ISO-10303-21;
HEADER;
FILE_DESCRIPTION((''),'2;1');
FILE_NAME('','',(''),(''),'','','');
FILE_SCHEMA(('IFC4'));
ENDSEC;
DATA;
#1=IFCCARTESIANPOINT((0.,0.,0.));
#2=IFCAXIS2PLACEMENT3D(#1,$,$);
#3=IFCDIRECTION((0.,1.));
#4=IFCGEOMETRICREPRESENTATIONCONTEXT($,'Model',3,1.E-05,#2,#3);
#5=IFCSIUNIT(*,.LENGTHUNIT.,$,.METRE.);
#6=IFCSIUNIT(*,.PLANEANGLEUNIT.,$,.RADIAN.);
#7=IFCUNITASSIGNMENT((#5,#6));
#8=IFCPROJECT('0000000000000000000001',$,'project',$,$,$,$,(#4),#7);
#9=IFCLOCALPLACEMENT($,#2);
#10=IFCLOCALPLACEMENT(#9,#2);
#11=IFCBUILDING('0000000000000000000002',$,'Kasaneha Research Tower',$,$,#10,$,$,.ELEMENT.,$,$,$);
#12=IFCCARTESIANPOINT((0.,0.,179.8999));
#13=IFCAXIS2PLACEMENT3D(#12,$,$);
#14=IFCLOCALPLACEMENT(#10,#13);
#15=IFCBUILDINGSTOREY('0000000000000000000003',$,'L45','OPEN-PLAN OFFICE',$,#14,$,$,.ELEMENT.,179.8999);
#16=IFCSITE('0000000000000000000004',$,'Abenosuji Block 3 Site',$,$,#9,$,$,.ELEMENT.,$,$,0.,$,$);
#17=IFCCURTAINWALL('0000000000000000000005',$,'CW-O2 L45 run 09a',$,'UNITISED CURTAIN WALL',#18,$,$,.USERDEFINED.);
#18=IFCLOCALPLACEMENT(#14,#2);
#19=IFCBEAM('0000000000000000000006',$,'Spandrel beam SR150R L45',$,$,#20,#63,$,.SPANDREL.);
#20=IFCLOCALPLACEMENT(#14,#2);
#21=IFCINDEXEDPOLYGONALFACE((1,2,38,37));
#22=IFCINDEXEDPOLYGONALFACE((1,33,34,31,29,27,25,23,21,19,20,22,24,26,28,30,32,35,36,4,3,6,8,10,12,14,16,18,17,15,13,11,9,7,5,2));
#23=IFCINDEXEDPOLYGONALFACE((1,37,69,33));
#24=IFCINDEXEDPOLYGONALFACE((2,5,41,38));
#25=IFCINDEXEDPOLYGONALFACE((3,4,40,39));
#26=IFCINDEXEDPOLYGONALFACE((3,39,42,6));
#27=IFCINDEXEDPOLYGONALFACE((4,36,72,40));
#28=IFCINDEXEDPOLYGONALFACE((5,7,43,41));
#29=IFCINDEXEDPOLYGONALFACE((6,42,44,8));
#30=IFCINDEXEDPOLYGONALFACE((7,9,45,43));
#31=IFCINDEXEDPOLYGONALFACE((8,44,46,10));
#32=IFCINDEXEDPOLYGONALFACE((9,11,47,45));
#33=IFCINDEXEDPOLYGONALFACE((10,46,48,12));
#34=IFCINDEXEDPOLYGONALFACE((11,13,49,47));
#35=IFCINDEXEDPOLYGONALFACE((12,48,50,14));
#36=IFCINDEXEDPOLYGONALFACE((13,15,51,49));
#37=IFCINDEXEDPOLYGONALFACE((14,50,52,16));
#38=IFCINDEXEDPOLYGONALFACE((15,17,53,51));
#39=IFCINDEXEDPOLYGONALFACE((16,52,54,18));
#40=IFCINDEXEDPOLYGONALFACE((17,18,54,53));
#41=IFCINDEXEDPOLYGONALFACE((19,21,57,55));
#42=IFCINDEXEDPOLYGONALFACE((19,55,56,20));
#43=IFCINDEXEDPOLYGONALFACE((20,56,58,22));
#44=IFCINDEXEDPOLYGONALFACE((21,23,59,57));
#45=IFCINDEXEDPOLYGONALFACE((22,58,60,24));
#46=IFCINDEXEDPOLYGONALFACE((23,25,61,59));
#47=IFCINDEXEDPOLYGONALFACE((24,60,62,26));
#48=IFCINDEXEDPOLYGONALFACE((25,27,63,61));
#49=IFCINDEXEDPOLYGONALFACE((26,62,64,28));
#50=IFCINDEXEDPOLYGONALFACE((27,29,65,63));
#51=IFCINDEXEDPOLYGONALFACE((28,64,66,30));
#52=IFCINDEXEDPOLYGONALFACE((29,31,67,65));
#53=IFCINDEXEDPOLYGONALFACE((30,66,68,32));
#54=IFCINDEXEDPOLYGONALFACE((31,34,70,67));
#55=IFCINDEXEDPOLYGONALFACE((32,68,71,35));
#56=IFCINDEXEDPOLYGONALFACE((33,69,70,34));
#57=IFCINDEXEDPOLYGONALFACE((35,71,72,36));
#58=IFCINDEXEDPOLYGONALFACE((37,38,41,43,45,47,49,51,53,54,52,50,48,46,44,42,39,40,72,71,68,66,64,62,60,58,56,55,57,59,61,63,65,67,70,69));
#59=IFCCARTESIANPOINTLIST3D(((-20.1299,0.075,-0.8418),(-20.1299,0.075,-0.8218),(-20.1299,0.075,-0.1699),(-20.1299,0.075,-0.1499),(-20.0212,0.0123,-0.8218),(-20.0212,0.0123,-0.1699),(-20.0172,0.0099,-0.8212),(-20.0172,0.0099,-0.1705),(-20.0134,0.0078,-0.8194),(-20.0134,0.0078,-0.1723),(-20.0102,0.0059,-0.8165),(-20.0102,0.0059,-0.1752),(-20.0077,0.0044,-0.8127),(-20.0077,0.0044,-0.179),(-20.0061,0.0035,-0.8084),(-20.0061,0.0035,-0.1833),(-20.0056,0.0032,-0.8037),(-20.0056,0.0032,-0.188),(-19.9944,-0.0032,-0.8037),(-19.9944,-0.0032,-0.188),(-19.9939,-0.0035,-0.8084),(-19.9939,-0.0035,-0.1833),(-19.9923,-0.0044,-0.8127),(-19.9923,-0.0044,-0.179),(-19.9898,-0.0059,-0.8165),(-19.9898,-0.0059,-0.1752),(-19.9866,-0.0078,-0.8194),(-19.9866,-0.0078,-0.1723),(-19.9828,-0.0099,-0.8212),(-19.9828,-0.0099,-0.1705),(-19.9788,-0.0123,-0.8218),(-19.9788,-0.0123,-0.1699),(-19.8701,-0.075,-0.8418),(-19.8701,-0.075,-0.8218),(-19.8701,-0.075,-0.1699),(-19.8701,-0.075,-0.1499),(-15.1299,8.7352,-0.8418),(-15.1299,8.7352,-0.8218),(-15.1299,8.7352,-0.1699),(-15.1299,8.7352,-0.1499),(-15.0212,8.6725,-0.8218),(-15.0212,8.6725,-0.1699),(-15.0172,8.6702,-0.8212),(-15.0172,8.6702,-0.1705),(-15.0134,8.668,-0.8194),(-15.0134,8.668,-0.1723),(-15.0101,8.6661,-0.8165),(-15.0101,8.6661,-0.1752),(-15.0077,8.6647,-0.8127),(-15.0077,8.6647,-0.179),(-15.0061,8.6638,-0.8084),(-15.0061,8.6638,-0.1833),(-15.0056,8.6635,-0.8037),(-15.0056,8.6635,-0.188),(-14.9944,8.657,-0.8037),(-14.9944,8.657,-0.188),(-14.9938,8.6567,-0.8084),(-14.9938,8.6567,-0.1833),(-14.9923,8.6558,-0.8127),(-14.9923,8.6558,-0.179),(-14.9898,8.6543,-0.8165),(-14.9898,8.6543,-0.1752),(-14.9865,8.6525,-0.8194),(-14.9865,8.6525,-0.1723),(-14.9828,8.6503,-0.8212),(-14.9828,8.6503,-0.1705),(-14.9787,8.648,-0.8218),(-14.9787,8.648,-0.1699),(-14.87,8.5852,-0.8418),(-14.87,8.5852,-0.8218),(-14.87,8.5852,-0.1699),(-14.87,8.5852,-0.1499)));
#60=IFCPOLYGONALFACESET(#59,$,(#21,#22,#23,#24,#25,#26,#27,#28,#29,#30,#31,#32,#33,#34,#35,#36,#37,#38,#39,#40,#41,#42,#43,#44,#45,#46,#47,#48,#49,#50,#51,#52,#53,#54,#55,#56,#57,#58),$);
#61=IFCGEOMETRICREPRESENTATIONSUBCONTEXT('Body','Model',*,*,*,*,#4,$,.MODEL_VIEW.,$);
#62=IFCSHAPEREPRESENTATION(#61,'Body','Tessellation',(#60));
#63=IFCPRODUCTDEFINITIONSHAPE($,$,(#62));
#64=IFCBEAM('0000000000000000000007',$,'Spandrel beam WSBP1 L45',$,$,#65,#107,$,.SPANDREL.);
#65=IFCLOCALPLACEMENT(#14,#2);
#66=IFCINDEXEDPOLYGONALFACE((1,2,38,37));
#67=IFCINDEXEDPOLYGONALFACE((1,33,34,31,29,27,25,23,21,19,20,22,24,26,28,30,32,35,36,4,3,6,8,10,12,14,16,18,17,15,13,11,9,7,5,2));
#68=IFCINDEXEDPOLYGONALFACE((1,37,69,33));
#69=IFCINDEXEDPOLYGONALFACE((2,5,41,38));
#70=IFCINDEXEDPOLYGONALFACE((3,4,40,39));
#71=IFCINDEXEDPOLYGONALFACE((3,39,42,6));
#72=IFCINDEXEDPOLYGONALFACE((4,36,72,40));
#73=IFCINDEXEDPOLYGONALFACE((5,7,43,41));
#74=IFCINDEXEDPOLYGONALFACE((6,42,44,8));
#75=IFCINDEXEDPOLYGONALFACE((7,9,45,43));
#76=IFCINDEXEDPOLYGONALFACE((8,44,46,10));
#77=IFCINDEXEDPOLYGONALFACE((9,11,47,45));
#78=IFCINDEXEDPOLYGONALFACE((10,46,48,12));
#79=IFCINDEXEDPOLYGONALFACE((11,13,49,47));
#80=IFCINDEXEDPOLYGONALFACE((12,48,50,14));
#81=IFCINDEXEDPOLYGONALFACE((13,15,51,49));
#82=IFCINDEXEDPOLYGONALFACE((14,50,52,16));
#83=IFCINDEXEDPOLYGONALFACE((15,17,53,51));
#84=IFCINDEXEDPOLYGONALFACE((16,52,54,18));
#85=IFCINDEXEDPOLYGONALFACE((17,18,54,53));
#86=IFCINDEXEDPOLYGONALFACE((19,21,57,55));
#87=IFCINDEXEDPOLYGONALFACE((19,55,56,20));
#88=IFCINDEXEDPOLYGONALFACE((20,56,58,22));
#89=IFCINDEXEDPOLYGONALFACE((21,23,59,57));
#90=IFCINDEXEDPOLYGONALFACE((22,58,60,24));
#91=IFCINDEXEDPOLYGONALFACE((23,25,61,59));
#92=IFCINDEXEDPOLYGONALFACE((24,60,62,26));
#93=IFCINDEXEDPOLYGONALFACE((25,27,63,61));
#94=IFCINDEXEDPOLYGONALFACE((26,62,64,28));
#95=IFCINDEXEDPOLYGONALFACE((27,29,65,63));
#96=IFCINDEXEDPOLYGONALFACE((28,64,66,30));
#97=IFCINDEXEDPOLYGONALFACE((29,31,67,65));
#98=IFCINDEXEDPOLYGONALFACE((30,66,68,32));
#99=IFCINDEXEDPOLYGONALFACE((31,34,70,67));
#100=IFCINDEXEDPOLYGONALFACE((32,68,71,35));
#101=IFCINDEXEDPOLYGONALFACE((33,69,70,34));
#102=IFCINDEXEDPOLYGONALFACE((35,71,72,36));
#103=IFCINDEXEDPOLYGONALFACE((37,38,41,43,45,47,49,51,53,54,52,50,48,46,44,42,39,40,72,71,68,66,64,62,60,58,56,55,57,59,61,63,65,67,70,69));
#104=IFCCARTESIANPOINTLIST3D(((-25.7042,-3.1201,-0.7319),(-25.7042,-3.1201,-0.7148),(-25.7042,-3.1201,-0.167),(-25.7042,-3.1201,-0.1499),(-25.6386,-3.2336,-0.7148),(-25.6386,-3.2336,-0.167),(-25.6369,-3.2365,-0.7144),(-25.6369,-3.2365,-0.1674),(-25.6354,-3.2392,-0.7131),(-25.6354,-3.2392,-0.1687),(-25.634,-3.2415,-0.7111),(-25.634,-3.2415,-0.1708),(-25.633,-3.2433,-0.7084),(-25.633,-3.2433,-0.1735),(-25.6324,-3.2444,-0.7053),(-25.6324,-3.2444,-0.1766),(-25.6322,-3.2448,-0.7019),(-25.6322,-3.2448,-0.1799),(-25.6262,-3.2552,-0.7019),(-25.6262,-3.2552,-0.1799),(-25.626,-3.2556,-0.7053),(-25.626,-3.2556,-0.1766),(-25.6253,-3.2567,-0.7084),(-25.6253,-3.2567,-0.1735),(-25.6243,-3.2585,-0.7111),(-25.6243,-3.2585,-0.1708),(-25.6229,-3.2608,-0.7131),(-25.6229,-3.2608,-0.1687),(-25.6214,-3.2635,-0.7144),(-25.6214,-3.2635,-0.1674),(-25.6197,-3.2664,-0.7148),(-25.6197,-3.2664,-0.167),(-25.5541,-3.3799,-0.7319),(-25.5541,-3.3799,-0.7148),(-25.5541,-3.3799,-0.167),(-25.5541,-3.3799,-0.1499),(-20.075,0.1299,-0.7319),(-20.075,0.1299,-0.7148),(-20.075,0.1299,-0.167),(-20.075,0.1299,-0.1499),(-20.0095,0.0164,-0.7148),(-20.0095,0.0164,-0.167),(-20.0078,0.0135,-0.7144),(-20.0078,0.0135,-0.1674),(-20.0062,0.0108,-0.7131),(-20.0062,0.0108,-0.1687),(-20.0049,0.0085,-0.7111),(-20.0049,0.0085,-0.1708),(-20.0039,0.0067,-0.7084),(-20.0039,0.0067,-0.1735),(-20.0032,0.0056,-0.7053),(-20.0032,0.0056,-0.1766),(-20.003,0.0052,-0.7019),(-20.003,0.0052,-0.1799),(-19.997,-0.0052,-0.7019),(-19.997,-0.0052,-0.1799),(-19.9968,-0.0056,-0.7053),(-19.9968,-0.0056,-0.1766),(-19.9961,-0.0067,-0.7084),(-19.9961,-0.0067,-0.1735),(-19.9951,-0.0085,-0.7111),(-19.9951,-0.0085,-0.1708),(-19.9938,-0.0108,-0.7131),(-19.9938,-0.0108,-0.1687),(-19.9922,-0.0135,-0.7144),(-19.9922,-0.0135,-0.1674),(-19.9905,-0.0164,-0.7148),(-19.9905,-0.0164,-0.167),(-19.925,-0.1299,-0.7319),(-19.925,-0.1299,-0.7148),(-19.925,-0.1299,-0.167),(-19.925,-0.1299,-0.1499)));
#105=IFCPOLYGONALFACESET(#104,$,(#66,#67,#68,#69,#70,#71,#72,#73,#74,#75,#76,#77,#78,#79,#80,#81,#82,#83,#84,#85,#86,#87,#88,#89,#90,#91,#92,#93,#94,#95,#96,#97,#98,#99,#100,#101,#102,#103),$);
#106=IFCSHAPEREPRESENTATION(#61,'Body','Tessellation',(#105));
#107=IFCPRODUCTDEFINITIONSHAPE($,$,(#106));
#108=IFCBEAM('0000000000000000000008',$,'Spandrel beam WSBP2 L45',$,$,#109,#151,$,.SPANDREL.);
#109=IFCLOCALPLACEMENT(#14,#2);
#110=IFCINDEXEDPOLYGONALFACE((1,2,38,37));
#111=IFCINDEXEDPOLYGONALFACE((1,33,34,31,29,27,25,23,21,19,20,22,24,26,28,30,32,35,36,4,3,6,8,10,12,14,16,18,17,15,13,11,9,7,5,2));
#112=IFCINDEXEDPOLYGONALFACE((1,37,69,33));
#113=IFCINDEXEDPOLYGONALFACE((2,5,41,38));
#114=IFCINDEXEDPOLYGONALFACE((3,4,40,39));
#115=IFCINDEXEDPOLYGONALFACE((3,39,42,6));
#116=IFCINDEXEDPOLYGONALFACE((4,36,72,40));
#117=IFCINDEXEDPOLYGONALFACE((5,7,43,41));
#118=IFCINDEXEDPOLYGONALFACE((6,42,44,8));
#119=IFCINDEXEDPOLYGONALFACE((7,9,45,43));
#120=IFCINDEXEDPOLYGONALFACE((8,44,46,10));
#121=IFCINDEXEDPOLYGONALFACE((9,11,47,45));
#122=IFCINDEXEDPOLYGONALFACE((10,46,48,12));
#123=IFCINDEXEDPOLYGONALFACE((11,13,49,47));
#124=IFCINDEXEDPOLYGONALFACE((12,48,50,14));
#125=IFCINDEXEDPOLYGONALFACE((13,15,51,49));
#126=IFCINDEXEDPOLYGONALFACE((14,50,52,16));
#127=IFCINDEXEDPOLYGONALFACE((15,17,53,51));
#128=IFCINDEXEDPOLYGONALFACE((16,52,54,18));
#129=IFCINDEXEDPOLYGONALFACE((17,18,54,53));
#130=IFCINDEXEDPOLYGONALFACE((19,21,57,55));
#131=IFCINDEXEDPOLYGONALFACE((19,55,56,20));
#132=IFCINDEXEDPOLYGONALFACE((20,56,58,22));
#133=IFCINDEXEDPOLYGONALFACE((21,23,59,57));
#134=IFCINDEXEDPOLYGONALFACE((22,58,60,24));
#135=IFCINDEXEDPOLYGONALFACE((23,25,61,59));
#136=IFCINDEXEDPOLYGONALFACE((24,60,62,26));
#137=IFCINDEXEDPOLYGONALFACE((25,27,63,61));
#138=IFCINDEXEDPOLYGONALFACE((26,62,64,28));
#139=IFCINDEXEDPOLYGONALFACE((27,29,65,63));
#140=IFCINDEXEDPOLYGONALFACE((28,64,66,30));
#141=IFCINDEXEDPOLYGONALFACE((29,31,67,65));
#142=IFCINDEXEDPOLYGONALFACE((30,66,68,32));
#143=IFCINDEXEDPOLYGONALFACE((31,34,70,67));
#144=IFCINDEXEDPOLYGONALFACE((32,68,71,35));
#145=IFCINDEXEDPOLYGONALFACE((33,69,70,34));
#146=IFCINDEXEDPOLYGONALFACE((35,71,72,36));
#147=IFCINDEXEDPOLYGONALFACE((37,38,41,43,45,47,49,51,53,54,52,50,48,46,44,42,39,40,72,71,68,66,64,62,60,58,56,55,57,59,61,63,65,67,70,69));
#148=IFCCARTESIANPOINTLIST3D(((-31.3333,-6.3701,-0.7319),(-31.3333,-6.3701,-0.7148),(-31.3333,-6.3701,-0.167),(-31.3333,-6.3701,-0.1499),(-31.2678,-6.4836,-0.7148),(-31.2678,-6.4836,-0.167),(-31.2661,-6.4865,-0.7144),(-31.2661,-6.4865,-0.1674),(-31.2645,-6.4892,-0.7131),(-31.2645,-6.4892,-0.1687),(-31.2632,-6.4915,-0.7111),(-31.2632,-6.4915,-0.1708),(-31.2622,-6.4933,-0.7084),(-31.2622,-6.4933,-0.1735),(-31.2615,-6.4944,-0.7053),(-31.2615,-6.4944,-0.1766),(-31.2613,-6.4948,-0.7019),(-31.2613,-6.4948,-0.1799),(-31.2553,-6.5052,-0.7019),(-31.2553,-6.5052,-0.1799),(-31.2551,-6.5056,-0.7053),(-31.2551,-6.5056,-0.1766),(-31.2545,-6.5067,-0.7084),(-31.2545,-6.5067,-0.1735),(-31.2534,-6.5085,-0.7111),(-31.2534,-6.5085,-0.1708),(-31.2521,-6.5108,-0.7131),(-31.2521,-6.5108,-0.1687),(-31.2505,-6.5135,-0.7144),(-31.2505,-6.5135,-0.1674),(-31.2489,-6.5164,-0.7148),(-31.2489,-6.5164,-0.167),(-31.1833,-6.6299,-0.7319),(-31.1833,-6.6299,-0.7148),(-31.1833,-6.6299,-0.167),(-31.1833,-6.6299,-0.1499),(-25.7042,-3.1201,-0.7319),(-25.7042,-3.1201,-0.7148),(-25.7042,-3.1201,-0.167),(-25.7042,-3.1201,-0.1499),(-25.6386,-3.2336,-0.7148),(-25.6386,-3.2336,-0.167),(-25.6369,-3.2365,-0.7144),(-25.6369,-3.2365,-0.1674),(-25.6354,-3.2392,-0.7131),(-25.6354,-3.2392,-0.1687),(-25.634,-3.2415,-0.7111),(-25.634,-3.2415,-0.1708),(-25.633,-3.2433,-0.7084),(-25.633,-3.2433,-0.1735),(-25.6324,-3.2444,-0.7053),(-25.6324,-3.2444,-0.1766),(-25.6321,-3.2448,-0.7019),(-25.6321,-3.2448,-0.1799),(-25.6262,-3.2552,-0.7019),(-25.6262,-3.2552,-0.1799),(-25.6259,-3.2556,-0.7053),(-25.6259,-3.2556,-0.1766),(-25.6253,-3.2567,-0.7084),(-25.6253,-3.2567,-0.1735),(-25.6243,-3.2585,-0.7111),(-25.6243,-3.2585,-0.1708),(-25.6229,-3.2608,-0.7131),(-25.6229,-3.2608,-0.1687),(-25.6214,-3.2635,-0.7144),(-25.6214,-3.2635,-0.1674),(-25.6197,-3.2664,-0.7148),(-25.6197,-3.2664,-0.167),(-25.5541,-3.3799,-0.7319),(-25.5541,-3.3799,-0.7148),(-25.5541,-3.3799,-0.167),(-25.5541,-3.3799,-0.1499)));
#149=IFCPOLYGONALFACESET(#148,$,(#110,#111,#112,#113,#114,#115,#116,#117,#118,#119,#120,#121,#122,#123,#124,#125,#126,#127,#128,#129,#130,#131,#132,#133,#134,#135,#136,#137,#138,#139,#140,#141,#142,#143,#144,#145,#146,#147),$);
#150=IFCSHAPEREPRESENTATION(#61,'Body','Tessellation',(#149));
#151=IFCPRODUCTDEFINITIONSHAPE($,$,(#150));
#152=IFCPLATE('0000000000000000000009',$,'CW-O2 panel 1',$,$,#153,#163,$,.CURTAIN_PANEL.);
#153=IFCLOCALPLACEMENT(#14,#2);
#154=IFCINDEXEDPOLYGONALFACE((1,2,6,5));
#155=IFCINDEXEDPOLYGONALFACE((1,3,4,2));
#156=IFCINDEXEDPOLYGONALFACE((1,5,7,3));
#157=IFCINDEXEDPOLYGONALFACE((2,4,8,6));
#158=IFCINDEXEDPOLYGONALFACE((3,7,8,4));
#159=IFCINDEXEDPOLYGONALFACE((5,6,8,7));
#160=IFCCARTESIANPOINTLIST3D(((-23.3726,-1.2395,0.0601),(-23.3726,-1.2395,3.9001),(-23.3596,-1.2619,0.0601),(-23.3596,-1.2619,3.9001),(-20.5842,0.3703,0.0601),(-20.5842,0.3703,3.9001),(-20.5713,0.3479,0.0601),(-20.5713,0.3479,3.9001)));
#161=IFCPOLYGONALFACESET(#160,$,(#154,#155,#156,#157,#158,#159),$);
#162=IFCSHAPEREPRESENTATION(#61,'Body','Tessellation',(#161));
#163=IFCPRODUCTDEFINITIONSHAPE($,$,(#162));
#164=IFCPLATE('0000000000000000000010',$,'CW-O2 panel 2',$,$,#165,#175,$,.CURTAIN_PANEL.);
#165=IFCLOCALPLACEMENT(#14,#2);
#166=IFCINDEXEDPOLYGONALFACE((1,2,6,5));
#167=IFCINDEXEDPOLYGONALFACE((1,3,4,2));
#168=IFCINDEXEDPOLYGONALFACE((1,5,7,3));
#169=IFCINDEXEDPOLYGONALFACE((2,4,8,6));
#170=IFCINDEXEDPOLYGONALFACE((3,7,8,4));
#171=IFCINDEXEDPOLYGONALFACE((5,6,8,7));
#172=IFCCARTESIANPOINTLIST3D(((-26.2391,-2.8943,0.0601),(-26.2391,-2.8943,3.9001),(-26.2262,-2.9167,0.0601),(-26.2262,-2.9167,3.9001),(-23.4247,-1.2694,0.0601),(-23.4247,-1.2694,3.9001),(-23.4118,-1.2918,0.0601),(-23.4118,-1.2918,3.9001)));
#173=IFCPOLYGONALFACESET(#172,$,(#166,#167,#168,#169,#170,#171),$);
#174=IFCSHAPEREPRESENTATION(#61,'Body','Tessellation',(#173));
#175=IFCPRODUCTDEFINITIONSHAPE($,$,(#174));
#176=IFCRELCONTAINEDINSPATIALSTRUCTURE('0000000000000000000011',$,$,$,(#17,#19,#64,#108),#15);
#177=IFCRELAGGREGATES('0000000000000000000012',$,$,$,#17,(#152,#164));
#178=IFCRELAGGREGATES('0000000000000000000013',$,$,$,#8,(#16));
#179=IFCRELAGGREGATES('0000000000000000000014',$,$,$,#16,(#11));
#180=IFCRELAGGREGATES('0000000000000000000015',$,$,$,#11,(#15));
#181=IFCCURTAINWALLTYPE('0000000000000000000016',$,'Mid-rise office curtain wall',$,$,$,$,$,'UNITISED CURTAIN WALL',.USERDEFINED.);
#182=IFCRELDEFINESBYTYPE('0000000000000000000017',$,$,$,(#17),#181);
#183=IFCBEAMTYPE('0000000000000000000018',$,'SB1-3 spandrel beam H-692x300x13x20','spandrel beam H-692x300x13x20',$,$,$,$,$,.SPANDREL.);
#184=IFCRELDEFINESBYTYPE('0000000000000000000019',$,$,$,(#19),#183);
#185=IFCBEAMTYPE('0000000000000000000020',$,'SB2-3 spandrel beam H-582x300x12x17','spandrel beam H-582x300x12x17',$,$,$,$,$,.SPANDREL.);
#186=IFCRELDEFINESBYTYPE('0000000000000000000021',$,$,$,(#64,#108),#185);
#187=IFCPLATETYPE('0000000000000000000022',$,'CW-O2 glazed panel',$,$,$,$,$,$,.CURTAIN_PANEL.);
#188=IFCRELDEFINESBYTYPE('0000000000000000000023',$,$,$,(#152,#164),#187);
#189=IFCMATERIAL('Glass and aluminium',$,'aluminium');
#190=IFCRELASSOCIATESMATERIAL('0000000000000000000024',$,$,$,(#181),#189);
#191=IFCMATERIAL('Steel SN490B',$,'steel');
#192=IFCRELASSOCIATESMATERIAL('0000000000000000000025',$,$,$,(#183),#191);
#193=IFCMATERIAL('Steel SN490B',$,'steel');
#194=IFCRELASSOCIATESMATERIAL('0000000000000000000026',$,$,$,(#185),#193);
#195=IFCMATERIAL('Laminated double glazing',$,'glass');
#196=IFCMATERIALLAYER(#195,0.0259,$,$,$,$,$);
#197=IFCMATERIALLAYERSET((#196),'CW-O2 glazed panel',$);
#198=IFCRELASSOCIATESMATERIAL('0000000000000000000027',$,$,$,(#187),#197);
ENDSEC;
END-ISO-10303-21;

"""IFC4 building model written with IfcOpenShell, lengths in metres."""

from ifc_helpers import new_model, si_unit, direction, frame, origin, origin_2d, place, context, subcontext, project, spatial, rectangle, i_section, extrude, material, layer, layer_set, material_profile, profile_set, type_object, element, aggregate, save


model = new_model("IFC4")

# Units and contexts
model_context = context("Model", 3, precision=1e-05, world=origin(), true_north=direction((0.0, 1.0)))
body_context = subcontext(model_context, "Body", "Model", "MODEL_VIEW")
ifc_project = project(units=[si_unit("LENGTHUNIT", "METRE"), si_unit("PLANEANGLEUNIT", "RADIAN")], contexts=[model_context])

# Site, building, storey
site_placement = place(None, origin())
site = spatial("IfcSite", under=ifc_project, at=site_placement, Name="Abenosuji Block 3 Site", CompositionType="ELEMENT", RefElevation=0.0)
building_placement = place(site_placement, origin())
building = spatial("IfcBuilding", under=site, at=building_placement, Name="Kasaneha Research Tower", CompositionType="ELEMENT")
storey_placement = place(building_placement, frame((0.0, 0.0, 179.8999)))
storey = spatial("IfcBuildingStorey", under=building, at=storey_placement, Name="L45", Description="OPEN-PLAN OFFICE", CompositionType="ELEMENT", Elevation=179.8999)

# Shared definitions
ifc_material_1 = material(Name="Glass and aluminium", Category="aluminium")
curtain_wall_type = type_object("IfcCurtainWallType", Name="Mid-rise office curtain wall", ElementType="UNITISED CURTAIN WALL", PredefinedType="USERDEFINED", material=ifc_material_1)

# Curtain wall
curtain_wall_1_placement = place(storey_placement, origin())
curtain_wall_1 = element("IfcCurtainWall", 1, at=curtain_wall_1_placement, inside=storey, type_object=curtain_wall_type, Name="CW-O2 L45 run 09a", ObjectType="UNITISED CURTAIN WALL", PredefinedType="USERDEFINED")

# Beams
ifc_material_2 = material(Name="Steel SN490B", Category="steel")
ifc_material_profile_1 = material_profile(ifc_material_2, i_section(OverallWidth=0.3, OverallDepth=0.6919, WebThickness=0.0129, FlangeThickness=0.02, FilletRadius=0.0181, at=origin_2d()), Name="H-692x300x13x20")
ifc_profile_set_1 = profile_set([ifc_material_profile_1], Name="Steel SN490B")
beam_type_1 = type_object("IfcBeamType", Name="SB1-3 spandrel beam H-692x300x13x20", Description="spandrel beam H-692x300x13x20", PredefinedType="SPANDREL", material=ifc_profile_set_1)
beam_1_placement = place(storey_placement, frame((-20.0, 0.0, -0.4958), z_axis=(0.500004, 0.866023, 0.0), x_axis=(-0.866023, 0.500004, 0.0)))
element("IfcBeam", 2, at=beam_1_placement, inside=storey, type_object=beam_type_1, Name="Spandrel beam SR150R L45", PredefinedType="SPANDREL", context=body_context, shape_type="SweptSolid", body=[
    extrude(i_section(OverallWidth=0.3, OverallDepth=0.6919, WebThickness=0.0129, FlangeThickness=0.02, FilletRadius=0.0181, at=origin_2d()), origin(), (0.0, 0.0, 1.0), 10.0),
])
ifc_material_3 = material(Name="Steel SN490B", Category="steel")
ifc_material_profile_2 = material_profile(ifc_material_3, i_section(OverallWidth=0.3, OverallDepth=0.582, WebThickness=0.012, FlangeThickness=0.0171, FilletRadius=0.0129, at=origin_2d()), Name="H-582x300x12x17")
ifc_profile_set_2 = profile_set([ifc_material_profile_2], Name="Steel SN490B")
beam_type_2 = type_object("IfcBeamType", Name="SB2-3 spandrel beam H-582x300x12x17", Description="spandrel beam H-582x300x12x17", PredefinedType="SPANDREL", material=ifc_profile_set_2)
for number, where, z_axis, x_axis, name in (
    (3, (-20.0, 0.0, -0.4409), (-0.866025, -0.500001, 0.0), (0.500001, -0.866025, 0.0), "Spandrel beam WSBP1 L45"),
    (4, (-25.6292, -3.25, -0.4409), (-0.866025, -0.500001, 0.0), (0.500001, -0.866025, 0.0), "Spandrel beam WSBP2 L45"),
):
    element("IfcBeam", number, at=place(storey_placement, frame(where, z_axis=z_axis, x_axis=x_axis)), inside=storey, type_object=beam_type_2, Name=name, PredefinedType="SPANDREL", context=body_context, shape_type="SweptSolid", body=[
        extrude(i_section(OverallWidth=0.3, OverallDepth=0.582, WebThickness=0.012, FlangeThickness=0.0171, FilletRadius=0.0129, at=origin_2d()), origin(), (0.0, 0.0, 1.0), 6.5),
    ])

# Plates
ifc_material_4 = material(Name="Laminated double glazing", Category="glass")
ifc_layer_1 = layer(ifc_material_4, 0.0259)
ifc_layer_set_1 = layer_set([ifc_layer_1], Name="CW-O2 glazed panel")
plate_type = type_object("IfcPlateType", Name="CW-O2 glazed panel", PredefinedType="CURTAIN_PANEL", material=ifc_layer_set_1)
plate_1_placement = place(storey_placement, frame((-21.9719, -0.4458, 0.0601), z_axis=(0.0, 0.0, 1.0), x_axis=(-0.866025, -0.5, 0.0)))
plate_1 = element("IfcPlate", 5, at=plate_1_placement, type_object=plate_type, Name="CW-O2 panel 1", PredefinedType="CURTAIN_PANEL", context=body_context, shape_type="SweptSolid", body=[
    extrude(rectangle(XDim=3.2197, YDim=0.0259, at=origin_2d()), origin(), (0.0, 0.0, 1.0), 3.8401),
])
plate_2_placement = place(storey_placement, frame((-24.8254, -2.093, 0.0601), z_axis=(0.0, 0.0, 1.0), x_axis=(-0.866025, -0.5, 0.0)))
plate_2 = element("IfcPlate", 6, at=plate_2_placement, type_object=plate_type, Name="CW-O2 panel 2", PredefinedType="CURTAIN_PANEL", context=body_context, shape_type="SweptSolid", body=[
    extrude(rectangle(XDim=3.2498, YDim=0.0259, at=origin_2d()), origin(), (0.0, 0.0, 1.0), 3.8401),
])
aggregate(curtain_wall_1, [plate_1, plate_2])

save(model, "model.ifc")
